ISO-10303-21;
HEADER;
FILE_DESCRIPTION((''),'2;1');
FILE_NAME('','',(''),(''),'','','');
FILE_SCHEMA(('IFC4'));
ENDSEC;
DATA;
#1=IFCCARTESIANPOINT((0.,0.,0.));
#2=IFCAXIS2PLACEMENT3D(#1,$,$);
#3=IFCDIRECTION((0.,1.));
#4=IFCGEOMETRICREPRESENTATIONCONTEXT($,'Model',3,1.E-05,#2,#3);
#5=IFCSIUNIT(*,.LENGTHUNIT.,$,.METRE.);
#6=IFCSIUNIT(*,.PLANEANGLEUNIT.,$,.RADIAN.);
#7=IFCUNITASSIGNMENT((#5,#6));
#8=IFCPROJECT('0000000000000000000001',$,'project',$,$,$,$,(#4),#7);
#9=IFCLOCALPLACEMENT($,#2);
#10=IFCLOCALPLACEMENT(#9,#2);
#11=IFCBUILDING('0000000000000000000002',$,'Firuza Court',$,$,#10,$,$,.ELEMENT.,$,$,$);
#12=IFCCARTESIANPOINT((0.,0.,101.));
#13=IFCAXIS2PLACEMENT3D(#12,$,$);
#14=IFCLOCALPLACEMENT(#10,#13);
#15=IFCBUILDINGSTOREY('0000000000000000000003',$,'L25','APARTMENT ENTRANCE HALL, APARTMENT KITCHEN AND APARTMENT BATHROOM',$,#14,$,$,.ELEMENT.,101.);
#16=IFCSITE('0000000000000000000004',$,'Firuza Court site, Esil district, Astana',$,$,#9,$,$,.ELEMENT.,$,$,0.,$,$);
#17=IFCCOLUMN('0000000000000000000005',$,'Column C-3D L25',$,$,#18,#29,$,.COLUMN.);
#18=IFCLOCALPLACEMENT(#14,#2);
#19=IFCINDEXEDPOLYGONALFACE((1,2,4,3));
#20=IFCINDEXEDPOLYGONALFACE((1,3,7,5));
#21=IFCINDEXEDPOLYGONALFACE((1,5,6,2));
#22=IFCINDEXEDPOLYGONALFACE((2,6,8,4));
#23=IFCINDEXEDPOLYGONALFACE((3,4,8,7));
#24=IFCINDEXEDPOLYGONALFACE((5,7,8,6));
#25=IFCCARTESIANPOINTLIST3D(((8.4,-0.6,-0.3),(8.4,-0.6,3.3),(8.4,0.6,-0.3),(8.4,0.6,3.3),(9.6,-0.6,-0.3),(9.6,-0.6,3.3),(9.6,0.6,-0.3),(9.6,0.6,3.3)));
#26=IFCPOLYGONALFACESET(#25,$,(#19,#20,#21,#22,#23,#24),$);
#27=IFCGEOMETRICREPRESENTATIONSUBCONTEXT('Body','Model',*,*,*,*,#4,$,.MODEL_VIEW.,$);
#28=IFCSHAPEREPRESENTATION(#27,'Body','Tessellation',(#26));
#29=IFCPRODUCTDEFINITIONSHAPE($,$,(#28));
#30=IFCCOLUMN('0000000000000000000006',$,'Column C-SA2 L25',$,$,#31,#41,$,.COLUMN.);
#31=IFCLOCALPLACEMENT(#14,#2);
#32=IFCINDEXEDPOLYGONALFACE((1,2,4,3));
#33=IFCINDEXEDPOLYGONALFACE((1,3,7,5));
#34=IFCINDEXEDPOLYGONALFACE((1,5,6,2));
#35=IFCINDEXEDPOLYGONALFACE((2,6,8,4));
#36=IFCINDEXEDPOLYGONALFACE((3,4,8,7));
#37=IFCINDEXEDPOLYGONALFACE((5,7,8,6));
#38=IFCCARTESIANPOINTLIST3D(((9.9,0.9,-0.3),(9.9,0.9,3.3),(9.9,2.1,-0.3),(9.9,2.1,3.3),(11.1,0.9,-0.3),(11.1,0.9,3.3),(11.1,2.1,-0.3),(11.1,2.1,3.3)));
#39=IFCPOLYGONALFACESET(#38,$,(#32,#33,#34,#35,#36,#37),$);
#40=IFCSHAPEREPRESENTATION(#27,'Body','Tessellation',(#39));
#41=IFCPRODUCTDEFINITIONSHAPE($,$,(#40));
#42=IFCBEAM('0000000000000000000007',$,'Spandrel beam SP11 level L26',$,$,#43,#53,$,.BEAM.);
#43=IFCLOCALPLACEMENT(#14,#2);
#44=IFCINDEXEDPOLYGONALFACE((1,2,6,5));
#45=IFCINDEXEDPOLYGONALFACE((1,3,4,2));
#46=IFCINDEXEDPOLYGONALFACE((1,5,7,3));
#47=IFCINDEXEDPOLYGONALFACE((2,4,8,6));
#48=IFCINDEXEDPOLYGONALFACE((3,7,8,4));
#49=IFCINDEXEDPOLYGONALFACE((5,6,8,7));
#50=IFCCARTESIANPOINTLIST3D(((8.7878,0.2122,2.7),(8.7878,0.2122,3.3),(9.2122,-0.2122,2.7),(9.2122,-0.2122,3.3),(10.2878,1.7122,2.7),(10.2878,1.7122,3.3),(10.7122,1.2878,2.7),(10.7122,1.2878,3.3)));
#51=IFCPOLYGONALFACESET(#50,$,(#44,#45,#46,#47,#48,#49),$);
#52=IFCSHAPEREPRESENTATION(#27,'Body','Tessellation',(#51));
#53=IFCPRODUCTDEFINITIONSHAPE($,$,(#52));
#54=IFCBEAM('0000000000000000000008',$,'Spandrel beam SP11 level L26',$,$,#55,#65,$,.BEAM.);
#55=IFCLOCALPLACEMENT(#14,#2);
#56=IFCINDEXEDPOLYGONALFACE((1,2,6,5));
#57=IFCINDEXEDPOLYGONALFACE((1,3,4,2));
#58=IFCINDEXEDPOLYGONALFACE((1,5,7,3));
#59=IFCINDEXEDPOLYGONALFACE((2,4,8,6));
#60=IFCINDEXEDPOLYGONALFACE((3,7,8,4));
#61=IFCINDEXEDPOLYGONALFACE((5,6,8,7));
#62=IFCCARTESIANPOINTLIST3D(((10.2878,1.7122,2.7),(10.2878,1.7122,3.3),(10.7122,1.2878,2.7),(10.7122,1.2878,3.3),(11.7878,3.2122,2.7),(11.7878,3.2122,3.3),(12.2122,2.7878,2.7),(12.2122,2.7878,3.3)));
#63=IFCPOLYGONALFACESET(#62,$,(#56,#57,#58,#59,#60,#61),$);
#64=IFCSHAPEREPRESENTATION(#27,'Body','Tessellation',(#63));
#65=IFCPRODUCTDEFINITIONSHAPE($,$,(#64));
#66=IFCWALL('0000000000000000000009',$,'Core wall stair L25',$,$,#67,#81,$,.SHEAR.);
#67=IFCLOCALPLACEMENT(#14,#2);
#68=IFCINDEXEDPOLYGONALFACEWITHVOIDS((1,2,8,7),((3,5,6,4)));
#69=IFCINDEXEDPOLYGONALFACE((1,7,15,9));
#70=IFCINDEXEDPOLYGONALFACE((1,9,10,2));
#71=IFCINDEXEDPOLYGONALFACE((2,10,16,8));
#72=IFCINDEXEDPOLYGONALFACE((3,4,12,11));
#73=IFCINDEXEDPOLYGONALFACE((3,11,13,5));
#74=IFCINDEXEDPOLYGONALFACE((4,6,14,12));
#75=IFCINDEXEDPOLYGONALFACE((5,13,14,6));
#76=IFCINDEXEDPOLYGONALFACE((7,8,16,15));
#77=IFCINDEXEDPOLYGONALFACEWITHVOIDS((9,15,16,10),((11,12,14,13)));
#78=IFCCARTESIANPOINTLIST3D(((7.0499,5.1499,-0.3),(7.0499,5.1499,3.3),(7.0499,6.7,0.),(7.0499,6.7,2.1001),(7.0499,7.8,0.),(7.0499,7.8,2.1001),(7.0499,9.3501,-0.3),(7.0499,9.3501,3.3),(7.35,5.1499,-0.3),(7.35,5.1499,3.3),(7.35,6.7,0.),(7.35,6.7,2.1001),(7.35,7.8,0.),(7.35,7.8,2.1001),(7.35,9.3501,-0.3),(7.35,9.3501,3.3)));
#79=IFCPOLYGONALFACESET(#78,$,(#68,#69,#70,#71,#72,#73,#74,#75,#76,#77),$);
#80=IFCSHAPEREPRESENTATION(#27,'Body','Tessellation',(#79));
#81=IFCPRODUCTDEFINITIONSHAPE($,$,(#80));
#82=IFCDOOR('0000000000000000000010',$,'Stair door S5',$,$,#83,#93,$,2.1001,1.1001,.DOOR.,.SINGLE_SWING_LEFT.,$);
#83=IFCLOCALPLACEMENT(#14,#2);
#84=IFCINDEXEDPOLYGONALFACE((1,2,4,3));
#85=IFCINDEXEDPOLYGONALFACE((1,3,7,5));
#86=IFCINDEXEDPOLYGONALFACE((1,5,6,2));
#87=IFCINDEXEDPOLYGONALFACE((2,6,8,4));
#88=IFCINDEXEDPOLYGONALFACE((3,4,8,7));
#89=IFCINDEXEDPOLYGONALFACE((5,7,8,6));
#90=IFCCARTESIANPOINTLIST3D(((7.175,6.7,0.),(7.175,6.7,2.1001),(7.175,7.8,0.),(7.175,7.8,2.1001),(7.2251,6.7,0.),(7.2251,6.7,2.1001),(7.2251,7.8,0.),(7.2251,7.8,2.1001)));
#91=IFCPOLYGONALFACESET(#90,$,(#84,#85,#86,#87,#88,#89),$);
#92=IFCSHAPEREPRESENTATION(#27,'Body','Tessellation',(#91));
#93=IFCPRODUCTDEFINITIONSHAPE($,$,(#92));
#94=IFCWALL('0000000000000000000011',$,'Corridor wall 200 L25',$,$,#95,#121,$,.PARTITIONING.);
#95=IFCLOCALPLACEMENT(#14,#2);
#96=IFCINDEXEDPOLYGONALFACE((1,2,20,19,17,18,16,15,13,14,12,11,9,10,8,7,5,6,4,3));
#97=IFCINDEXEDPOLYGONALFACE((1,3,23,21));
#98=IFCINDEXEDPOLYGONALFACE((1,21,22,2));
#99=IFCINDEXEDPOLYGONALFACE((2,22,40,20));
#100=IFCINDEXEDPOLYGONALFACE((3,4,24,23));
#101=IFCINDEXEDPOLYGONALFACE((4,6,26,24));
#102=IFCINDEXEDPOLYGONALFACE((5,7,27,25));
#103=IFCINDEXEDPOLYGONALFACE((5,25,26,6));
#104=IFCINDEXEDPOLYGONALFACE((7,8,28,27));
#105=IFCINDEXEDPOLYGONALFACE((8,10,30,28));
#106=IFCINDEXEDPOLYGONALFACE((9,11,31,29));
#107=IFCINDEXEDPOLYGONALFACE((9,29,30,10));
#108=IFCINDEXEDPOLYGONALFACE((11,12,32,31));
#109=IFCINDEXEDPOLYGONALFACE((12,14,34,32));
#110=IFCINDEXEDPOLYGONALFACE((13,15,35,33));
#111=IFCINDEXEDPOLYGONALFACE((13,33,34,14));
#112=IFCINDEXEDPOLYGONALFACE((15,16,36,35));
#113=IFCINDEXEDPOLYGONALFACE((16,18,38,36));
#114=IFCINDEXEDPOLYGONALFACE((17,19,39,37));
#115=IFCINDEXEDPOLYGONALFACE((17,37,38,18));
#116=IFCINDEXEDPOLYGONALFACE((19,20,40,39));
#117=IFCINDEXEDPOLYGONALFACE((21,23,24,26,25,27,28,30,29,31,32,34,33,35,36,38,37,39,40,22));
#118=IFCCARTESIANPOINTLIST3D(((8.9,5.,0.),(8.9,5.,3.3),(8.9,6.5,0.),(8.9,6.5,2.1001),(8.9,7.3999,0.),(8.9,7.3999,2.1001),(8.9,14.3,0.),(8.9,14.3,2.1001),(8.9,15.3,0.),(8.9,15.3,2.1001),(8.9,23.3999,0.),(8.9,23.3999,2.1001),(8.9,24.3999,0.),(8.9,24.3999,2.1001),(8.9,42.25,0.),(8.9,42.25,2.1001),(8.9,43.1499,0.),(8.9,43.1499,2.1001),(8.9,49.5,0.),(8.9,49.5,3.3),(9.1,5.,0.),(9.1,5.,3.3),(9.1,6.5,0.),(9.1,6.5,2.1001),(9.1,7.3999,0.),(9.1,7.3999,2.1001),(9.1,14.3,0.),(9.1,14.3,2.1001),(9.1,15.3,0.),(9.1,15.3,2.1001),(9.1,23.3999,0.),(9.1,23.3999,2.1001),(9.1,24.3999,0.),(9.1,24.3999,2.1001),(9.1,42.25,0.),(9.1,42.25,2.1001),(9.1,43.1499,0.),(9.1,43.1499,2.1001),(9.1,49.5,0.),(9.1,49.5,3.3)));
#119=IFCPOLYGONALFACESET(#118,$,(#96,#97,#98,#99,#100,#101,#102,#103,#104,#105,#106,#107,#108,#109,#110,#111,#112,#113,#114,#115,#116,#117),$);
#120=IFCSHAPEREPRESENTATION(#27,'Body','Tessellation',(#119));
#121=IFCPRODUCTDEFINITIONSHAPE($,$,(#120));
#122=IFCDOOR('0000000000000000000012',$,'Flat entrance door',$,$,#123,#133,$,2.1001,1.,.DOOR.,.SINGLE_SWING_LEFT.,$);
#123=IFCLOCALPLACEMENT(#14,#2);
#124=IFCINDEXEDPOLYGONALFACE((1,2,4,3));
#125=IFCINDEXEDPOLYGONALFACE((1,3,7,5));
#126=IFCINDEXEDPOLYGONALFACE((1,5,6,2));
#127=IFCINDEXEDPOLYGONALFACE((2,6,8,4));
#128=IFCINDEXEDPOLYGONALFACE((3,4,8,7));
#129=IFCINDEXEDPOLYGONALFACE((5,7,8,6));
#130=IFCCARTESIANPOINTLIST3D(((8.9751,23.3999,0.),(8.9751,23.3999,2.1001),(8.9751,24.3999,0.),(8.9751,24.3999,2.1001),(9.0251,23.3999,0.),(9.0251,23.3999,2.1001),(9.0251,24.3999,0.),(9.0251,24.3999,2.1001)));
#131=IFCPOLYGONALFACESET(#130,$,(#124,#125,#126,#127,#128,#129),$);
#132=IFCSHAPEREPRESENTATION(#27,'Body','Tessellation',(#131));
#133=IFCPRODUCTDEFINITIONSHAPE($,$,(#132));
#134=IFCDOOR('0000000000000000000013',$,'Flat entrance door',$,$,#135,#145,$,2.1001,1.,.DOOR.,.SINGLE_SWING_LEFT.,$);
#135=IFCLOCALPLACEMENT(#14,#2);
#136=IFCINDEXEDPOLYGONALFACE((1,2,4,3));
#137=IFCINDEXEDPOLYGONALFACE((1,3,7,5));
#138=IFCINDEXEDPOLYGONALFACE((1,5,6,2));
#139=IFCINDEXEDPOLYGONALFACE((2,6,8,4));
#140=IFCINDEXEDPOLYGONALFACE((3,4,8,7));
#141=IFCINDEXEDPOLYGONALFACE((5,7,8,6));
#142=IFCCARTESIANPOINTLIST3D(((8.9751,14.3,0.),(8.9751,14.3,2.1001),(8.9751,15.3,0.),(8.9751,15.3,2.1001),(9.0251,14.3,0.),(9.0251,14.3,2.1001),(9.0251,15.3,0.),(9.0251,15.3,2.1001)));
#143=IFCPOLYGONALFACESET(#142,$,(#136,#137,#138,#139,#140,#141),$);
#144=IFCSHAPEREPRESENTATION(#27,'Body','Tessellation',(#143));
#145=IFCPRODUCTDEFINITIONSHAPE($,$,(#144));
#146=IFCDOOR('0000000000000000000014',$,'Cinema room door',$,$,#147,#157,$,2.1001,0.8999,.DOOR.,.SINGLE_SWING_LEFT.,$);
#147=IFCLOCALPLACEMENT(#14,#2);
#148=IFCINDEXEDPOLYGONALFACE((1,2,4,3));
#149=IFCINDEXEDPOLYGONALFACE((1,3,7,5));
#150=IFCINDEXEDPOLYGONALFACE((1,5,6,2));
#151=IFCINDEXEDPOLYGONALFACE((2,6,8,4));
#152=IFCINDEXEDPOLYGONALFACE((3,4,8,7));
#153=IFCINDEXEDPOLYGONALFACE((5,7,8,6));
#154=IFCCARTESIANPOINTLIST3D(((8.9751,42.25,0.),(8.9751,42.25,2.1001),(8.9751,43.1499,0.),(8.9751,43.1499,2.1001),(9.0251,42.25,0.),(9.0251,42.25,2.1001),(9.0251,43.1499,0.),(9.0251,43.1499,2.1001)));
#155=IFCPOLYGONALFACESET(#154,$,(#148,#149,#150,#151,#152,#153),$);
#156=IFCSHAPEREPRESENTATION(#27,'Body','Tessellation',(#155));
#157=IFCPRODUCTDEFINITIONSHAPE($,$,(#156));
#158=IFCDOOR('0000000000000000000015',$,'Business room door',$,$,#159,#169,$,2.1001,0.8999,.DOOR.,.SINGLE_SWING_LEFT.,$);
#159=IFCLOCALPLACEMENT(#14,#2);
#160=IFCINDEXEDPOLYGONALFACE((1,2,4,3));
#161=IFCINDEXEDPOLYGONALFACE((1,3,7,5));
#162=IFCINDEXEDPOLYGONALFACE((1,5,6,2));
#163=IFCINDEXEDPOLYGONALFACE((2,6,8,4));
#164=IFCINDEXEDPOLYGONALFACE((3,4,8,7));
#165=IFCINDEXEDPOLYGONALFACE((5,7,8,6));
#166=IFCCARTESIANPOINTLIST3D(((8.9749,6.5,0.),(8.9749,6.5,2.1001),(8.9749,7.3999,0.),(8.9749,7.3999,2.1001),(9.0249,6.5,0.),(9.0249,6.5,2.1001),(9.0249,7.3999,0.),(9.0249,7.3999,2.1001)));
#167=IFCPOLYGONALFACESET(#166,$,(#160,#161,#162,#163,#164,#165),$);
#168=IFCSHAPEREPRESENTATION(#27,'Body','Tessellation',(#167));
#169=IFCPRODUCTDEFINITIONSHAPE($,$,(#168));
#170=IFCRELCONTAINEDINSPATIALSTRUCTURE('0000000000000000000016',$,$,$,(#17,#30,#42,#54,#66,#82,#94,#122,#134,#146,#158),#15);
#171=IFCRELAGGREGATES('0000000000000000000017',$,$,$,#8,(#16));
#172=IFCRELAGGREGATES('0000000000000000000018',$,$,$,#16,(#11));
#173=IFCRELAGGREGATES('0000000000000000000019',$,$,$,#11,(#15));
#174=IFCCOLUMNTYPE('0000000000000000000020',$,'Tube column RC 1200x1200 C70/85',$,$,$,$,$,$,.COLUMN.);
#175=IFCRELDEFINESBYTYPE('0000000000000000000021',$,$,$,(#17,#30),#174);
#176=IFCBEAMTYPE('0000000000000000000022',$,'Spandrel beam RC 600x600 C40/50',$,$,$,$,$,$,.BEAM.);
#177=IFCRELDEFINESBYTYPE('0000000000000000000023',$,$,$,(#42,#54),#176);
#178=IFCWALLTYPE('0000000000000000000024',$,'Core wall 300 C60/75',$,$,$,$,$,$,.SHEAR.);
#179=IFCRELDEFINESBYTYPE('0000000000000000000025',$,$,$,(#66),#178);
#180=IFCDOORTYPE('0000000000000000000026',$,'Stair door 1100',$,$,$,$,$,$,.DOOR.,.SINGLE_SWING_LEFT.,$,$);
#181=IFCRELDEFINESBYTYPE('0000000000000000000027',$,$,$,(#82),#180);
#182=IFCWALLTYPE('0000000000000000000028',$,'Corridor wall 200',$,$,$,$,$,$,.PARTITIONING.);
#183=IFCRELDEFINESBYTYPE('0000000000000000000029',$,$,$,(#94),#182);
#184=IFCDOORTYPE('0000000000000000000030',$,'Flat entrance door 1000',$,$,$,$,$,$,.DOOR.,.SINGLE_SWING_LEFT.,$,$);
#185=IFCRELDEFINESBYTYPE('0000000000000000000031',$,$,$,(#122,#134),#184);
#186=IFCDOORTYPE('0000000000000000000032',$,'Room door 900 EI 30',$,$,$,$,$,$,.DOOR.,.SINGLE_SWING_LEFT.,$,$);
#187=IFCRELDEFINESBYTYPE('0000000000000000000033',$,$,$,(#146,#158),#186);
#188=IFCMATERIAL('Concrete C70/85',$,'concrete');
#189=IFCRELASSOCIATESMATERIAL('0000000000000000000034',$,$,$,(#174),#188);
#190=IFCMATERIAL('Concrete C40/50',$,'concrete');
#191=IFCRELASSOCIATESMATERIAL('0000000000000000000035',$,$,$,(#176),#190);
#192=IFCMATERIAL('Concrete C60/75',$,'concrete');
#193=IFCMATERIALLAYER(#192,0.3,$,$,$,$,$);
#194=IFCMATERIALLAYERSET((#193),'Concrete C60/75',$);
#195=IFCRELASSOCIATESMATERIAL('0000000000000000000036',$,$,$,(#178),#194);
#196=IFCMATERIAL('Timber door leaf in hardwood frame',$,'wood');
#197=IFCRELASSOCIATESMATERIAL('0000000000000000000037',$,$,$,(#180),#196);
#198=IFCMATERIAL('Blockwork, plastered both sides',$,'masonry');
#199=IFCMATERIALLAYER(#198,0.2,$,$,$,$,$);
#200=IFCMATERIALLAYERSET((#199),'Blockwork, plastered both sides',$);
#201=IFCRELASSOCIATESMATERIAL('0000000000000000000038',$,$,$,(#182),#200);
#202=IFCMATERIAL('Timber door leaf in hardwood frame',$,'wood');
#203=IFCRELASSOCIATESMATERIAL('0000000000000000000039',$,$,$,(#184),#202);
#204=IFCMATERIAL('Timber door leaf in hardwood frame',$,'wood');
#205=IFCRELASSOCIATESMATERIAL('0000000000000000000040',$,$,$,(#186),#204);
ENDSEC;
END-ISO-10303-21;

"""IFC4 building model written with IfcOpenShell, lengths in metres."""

from ifc_helpers import new_model, si_unit, direction, frame, frame_2d, origin, origin_2d, place, context, subcontext, project, spatial, rectangle, extrude, material, layer, layer_set, material_profile, profile_set, type_object, element, fill, save


model = new_model("IFC4")

# Units and contexts
model_context = context("Model", 3, precision=1e-05, world=origin(), true_north=direction((0.0, 1.0)))
body_context = subcontext(model_context, "Body", "Model", "MODEL_VIEW")
ifc_project = project(units=[si_unit("LENGTHUNIT", "METRE"), si_unit("PLANEANGLEUNIT", "RADIAN")], contexts=[model_context])

# Site, building, storey
site_placement = place(None, origin())
site = spatial("IfcSite", under=ifc_project, at=site_placement, Name="Firuza Court site, Esil district, Astana", CompositionType="ELEMENT", RefElevation=0.0)
building_placement = place(site_placement, origin())
building = spatial("IfcBuilding", under=site, at=building_placement, Name="Firuza Court", CompositionType="ELEMENT")
storey_placement = place(building_placement, frame((0.0, 0.0, 101.0)))
storey = spatial("IfcBuildingStorey", under=building, at=storey_placement, Name="L25", Description="APARTMENT ENTRANCE HALL, APARTMENT KITCHEN AND APARTMENT BATHROOM", CompositionType="ELEMENT", Elevation=101.0)

# Columns
ifc_material_1 = material(Name="Concrete C70/85", Category="concrete")
ifc_material_profile_1 = material_profile(ifc_material_1, rectangle(XDim=1.2, YDim=1.2, at=origin_2d()), Name="RC 1200x1200")
ifc_profile_set_1 = profile_set([ifc_material_profile_1], Name="Concrete C70/85")
column_type = type_object("IfcColumnType", Name="Tube column RC 1200x1200 C70/85", PredefinedType="COLUMN", material=ifc_profile_set_1)
for number, where, z_axis, x_axis, name in (
    (1, (9.0, 0.0, -0.3), (0.0, 0.0, 1.0), (1.0, 0.0, 0.0), "Column C-3D L25"),
    (2, (10.5, 1.5, -0.3), (0.0, 0.0, 1.0), (1.0, 0.0, 0.0), "Column C-SA2 L25"),
):
    element("IfcColumn", number, at=place(storey_placement, frame(where, z_axis=z_axis, x_axis=x_axis)), inside=storey, type_object=column_type, Name=name, PredefinedType="COLUMN", context=body_context, shape_type="SweptSolid", body=[
        extrude(rectangle(XDim=1.2, YDim=1.2, at=origin_2d()), origin(), (0.0, 0.0, 1.0), 3.6001),
    ])

# Beams
ifc_material_2 = material(Name="Concrete C40/50", Category="concrete")
ifc_material_profile_2 = material_profile(ifc_material_2, rectangle(XDim=0.6001, YDim=0.6001, at=origin_2d()), Name="RC 600x600")
ifc_profile_set_2 = profile_set([ifc_material_profile_2], Name="Concrete C40/50")
beam_type = type_object("IfcBeamType", Name="Spandrel beam RC 600x600 C40/50", PredefinedType="BEAM", material=ifc_profile_set_2)
for number, where, z_axis, x_axis, name in (
    (3, (9.0, 0.0, 3.0), (0.707107, 0.707107, 0.0), (-0.707107, 0.707107, 0.0), "Spandrel beam SP11 level L26"),
    (4, (10.5, 1.5, 3.0), (0.707107, 0.707107, 0.0), (-0.707107, 0.707107, 0.0), "Spandrel beam SP11 level L26"),
):
    element("IfcBeam", number, at=place(storey_placement, frame(where, z_axis=z_axis, x_axis=x_axis)), inside=storey, type_object=beam_type, Name=name, PredefinedType="BEAM", context=body_context, shape_type="SweptSolid", body=[
        extrude(rectangle(XDim=0.6001, YDim=0.6001, at=origin_2d()), origin(), (0.0, 0.0, 1.0), 2.1213),
    ])

# Wall, opening, door
ifc_material_3 = material(Name="Concrete C60/75", Category="concrete")
ifc_layer_1 = layer(ifc_material_3, 0.3)
ifc_layer_set_1 = layer_set([ifc_layer_1], Name="Concrete C60/75")
wall_type_1 = type_object("IfcWallType", Name="Core wall 300 C60/75", PredefinedType="SHEAR", material=ifc_layer_set_1)
wall_1_placement = place(storey_placement, frame((7.2, 5.1499, -0.3), z_axis=(0.0, 0.0, 1.0), x_axis=(0.0, 1.0, 0.0)))
wall_1 = element("IfcWall", 5, at=wall_1_placement, inside=storey, type_object=wall_type_1, Name="Core wall stair L25", PredefinedType="SHEAR", context=body_context, shape_type="SweptSolid", body=[
    extrude(rectangle(XDim=4.2002, YDim=0.3, at=frame_2d((2.1001, 0.0))), origin(), (0.0, 0.0, 1.0), 3.6001),
])
opening_1_placement = place(wall_1_placement, frame((1.55, 0.0, 0.3)))
opening_1 = element("IfcOpeningElement", 6, at=opening_1_placement, cuts=wall_1, PredefinedType="OPENING", context=body_context, shape_type="SweptSolid", body=[
    extrude(rectangle(XDim=1.1001, YDim=2.1001, at=frame_2d((0.55, 1.05))), frame((0.0, 0.1621, 0.0), z_axis=(0.0, -1.0, 0.0), x_axis=(1.0, 0.0, 0.0)), (0.0, 0.0, 1.0), 0.324),
])
ifc_material_4 = material(Name="Timber door leaf in hardwood frame", Category="wood")
door_type_1 = type_object("IfcDoorType", Name="Stair door 1100", OperationType="SINGLE_SWING_LEFT", PredefinedType="DOOR", material=ifc_material_4)
door_1_placement = place(opening_1_placement, origin())
door_1 = element("IfcDoor", 7, at=door_1_placement, inside=storey, type_object=door_type_1, Name="Stair door S5", OperationType="SINGLE_SWING_LEFT", OverallHeight=2.1001, OverallWidth=1.1001, PredefinedType="DOOR", context=body_context, shape_type="SweptSolid", body=[
    extrude(rectangle(XDim=1.1001, YDim=2.1001, at=frame_2d((0.55, 1.05))), frame((0.0, 0.0249, 0.0), z_axis=(0.0, -1.0, 0.0), x_axis=(1.0, 0.0, 0.0)), (0.0, 0.0, 1.0), 0.05),
])
fill(opening_1, door_1)

# Wall, openings, doors
ifc_material_5 = material(Name="Blockwork, plastered both sides", Category="masonry")
ifc_layer_2 = layer(ifc_material_5, 0.2)
ifc_layer_set_2 = layer_set([ifc_layer_2], Name="Blockwork, plastered both sides")
wall_type_2 = type_object("IfcWallType", Name="Corridor wall 200", PredefinedType="PARTITIONING", material=ifc_layer_set_2)
wall_2_placement = place(storey_placement, frame((9.0, 5.0, 0.0), z_axis=(0.0, 0.0, 1.0), x_axis=(0.0, 1.0, 0.0)))
wall_2 = element("IfcWall", 8, at=wall_2_placement, inside=storey, type_object=wall_type_2, Name="Corridor wall 200 L25", PredefinedType="PARTITIONING", context=body_context, shape_type="SweptSolid", body=[
    extrude(rectangle(XDim=44.5, YDim=0.2, at=frame_2d((22.25, 0.0))), origin(), (0.0, 0.0, 1.0), 3.3),
])
opening_2_placement = place(wall_2_placement, frame((18.3999, 0.0, 0.0)))
opening_2 = element("IfcOpeningElement", 9, at=opening_2_placement, cuts=wall_2, PredefinedType="OPENING", context=body_context, shape_type="SweptSolid", body=[
    extrude(rectangle(XDim=1.0, YDim=2.1001, at=frame_2d((0.5, 1.05))), frame((0.0, 0.1118, 0.0), z_axis=(0.0, -1.0, 0.0), x_axis=(1.0, 0.0, 0.0)), (0.0, 0.0, 1.0), 0.2239),
])
opening_3_placement = place(wall_2_placement, frame((9.3, 0.0, 0.0)))
opening_3 = element("IfcOpeningElement", 10, at=opening_3_placement, cuts=wall_2, PredefinedType="OPENING", context=body_context, shape_type="SweptSolid", body=[
    extrude(rectangle(XDim=1.0, YDim=2.1001, at=frame_2d((0.5, 1.05))), frame((0.0, 0.1118, 0.0), z_axis=(0.0, -1.0, 0.0), x_axis=(1.0, 0.0, 0.0)), (0.0, 0.0, 1.0), 0.2239),
])
opening_4_placement = place(wall_2_placement, frame((37.25, 0.0, 0.0)))
opening_4 = element("IfcOpeningElement", 11, at=opening_4_placement, cuts=wall_2, PredefinedType="OPENING", context=body_context, shape_type="SweptSolid", body=[
    extrude(rectangle(XDim=0.8999, YDim=2.1001, at=frame_2d((0.45, 1.05))), frame((0.0, 0.1118, 0.0), z_axis=(0.0, -1.0, 0.0), x_axis=(1.0, 0.0, 0.0)), (0.0, 0.0, 1.0), 0.2239),
])
opening_5_placement = place(wall_2_placement, frame((1.5, 0.0, 0.0)))
opening_5 = element("IfcOpeningElement", 12, at=opening_5_placement, cuts=wall_2, PredefinedType="OPENING", context=body_context, shape_type="SweptSolid", body=[
    extrude(rectangle(XDim=0.8999, YDim=2.1001, at=frame_2d((0.45, 1.05))), frame((0.0, 0.1118, 0.0), z_axis=(0.0, -1.0, 0.0), x_axis=(1.0, 0.0, 0.0)), (0.0, 0.0, 1.0), 0.2239),
])
ifc_material_6 = material(Name="Timber door leaf in hardwood frame", Category="wood")
door_type_2 = type_object("IfcDoorType", Name="Flat entrance door 1000", OperationType="SINGLE_SWING_LEFT", PredefinedType="DOOR", material=ifc_material_6)
door_2_placement = place(opening_2_placement, origin())
door_2 = element("IfcDoor", 13, at=door_2_placement, inside=storey, type_object=door_type_2, Name="Flat entrance door", OperationType="SINGLE_SWING_LEFT", OverallHeight=2.1001, OverallWidth=1.0, PredefinedType="DOOR", context=body_context, shape_type="SweptSolid", body=[
    extrude(rectangle(XDim=1.0, YDim=2.1001, at=frame_2d((0.5, 1.05))), frame((0.0, 0.0249, 0.0), z_axis=(0.0, -1.0, 0.0), x_axis=(1.0, 0.0, 0.0)), (0.0, 0.0, 1.0), 0.05),
])
fill(opening_2, door_2)
door_3_placement = place(opening_3_placement, origin())
door_3 = element("IfcDoor", 14, at=door_3_placement, inside=storey, type_object=door_type_2, Name="Flat entrance door", OperationType="SINGLE_SWING_LEFT", OverallHeight=2.1001, OverallWidth=1.0, PredefinedType="DOOR", context=body_context, shape_type="SweptSolid", body=[
    extrude(rectangle(XDim=1.0, YDim=2.1001, at=frame_2d((0.5, 1.05))), frame((0.0, 0.0249, 0.0), z_axis=(0.0, -1.0, 0.0), x_axis=(1.0, 0.0, 0.0)), (0.0, 0.0, 1.0), 0.05),
])
fill(opening_3, door_3)
ifc_material_7 = material(Name="Timber door leaf in hardwood frame", Category="wood")
door_type_3 = type_object("IfcDoorType", Name="Room door 900 EI 30", OperationType="SINGLE_SWING_LEFT", PredefinedType="DOOR", material=ifc_material_7)
door_4_placement = place(opening_4_placement, origin())
door_4 = element("IfcDoor", 15, at=door_4_placement, inside=storey, type_object=door_type_3, Name="Cinema room door", OperationType="SINGLE_SWING_LEFT", OverallHeight=2.1001, OverallWidth=0.8999, PredefinedType="DOOR", context=body_context, shape_type="SweptSolid", body=[
    extrude(rectangle(XDim=0.8999, YDim=2.1001, at=frame_2d((0.45, 1.05))), frame((0.0, 0.0249, 0.0), z_axis=(0.0, -1.0, 0.0), x_axis=(1.0, 0.0, 0.0)), (0.0, 0.0, 1.0), 0.05),
])
fill(opening_4, door_4)
door_5_placement = place(opening_5_placement, frame((0.8999, 0.0, 0.0), z_axis=(0.0, 0.0, 1.0), x_axis=(-1.0, 0.0, 0.0)))
door_5 = element("IfcDoor", 16, at=door_5_placement, inside=storey, type_object=door_type_3, Name="Business room door", OperationType="SINGLE_SWING_LEFT", OverallHeight=2.1001, OverallWidth=0.8999, PredefinedType="DOOR", context=body_context, shape_type="SweptSolid", body=[
    extrude(rectangle(XDim=0.8999, YDim=2.1001, at=frame_2d((0.45, 1.05))), frame((0.0, 0.0249, 0.0), z_axis=(0.0, -1.0, 0.0), x_axis=(1.0, 0.0, 0.0)), (0.0, 0.0, 1.0), 0.05),
])
fill(opening_5, door_5)

save(model, "model.ifc")
